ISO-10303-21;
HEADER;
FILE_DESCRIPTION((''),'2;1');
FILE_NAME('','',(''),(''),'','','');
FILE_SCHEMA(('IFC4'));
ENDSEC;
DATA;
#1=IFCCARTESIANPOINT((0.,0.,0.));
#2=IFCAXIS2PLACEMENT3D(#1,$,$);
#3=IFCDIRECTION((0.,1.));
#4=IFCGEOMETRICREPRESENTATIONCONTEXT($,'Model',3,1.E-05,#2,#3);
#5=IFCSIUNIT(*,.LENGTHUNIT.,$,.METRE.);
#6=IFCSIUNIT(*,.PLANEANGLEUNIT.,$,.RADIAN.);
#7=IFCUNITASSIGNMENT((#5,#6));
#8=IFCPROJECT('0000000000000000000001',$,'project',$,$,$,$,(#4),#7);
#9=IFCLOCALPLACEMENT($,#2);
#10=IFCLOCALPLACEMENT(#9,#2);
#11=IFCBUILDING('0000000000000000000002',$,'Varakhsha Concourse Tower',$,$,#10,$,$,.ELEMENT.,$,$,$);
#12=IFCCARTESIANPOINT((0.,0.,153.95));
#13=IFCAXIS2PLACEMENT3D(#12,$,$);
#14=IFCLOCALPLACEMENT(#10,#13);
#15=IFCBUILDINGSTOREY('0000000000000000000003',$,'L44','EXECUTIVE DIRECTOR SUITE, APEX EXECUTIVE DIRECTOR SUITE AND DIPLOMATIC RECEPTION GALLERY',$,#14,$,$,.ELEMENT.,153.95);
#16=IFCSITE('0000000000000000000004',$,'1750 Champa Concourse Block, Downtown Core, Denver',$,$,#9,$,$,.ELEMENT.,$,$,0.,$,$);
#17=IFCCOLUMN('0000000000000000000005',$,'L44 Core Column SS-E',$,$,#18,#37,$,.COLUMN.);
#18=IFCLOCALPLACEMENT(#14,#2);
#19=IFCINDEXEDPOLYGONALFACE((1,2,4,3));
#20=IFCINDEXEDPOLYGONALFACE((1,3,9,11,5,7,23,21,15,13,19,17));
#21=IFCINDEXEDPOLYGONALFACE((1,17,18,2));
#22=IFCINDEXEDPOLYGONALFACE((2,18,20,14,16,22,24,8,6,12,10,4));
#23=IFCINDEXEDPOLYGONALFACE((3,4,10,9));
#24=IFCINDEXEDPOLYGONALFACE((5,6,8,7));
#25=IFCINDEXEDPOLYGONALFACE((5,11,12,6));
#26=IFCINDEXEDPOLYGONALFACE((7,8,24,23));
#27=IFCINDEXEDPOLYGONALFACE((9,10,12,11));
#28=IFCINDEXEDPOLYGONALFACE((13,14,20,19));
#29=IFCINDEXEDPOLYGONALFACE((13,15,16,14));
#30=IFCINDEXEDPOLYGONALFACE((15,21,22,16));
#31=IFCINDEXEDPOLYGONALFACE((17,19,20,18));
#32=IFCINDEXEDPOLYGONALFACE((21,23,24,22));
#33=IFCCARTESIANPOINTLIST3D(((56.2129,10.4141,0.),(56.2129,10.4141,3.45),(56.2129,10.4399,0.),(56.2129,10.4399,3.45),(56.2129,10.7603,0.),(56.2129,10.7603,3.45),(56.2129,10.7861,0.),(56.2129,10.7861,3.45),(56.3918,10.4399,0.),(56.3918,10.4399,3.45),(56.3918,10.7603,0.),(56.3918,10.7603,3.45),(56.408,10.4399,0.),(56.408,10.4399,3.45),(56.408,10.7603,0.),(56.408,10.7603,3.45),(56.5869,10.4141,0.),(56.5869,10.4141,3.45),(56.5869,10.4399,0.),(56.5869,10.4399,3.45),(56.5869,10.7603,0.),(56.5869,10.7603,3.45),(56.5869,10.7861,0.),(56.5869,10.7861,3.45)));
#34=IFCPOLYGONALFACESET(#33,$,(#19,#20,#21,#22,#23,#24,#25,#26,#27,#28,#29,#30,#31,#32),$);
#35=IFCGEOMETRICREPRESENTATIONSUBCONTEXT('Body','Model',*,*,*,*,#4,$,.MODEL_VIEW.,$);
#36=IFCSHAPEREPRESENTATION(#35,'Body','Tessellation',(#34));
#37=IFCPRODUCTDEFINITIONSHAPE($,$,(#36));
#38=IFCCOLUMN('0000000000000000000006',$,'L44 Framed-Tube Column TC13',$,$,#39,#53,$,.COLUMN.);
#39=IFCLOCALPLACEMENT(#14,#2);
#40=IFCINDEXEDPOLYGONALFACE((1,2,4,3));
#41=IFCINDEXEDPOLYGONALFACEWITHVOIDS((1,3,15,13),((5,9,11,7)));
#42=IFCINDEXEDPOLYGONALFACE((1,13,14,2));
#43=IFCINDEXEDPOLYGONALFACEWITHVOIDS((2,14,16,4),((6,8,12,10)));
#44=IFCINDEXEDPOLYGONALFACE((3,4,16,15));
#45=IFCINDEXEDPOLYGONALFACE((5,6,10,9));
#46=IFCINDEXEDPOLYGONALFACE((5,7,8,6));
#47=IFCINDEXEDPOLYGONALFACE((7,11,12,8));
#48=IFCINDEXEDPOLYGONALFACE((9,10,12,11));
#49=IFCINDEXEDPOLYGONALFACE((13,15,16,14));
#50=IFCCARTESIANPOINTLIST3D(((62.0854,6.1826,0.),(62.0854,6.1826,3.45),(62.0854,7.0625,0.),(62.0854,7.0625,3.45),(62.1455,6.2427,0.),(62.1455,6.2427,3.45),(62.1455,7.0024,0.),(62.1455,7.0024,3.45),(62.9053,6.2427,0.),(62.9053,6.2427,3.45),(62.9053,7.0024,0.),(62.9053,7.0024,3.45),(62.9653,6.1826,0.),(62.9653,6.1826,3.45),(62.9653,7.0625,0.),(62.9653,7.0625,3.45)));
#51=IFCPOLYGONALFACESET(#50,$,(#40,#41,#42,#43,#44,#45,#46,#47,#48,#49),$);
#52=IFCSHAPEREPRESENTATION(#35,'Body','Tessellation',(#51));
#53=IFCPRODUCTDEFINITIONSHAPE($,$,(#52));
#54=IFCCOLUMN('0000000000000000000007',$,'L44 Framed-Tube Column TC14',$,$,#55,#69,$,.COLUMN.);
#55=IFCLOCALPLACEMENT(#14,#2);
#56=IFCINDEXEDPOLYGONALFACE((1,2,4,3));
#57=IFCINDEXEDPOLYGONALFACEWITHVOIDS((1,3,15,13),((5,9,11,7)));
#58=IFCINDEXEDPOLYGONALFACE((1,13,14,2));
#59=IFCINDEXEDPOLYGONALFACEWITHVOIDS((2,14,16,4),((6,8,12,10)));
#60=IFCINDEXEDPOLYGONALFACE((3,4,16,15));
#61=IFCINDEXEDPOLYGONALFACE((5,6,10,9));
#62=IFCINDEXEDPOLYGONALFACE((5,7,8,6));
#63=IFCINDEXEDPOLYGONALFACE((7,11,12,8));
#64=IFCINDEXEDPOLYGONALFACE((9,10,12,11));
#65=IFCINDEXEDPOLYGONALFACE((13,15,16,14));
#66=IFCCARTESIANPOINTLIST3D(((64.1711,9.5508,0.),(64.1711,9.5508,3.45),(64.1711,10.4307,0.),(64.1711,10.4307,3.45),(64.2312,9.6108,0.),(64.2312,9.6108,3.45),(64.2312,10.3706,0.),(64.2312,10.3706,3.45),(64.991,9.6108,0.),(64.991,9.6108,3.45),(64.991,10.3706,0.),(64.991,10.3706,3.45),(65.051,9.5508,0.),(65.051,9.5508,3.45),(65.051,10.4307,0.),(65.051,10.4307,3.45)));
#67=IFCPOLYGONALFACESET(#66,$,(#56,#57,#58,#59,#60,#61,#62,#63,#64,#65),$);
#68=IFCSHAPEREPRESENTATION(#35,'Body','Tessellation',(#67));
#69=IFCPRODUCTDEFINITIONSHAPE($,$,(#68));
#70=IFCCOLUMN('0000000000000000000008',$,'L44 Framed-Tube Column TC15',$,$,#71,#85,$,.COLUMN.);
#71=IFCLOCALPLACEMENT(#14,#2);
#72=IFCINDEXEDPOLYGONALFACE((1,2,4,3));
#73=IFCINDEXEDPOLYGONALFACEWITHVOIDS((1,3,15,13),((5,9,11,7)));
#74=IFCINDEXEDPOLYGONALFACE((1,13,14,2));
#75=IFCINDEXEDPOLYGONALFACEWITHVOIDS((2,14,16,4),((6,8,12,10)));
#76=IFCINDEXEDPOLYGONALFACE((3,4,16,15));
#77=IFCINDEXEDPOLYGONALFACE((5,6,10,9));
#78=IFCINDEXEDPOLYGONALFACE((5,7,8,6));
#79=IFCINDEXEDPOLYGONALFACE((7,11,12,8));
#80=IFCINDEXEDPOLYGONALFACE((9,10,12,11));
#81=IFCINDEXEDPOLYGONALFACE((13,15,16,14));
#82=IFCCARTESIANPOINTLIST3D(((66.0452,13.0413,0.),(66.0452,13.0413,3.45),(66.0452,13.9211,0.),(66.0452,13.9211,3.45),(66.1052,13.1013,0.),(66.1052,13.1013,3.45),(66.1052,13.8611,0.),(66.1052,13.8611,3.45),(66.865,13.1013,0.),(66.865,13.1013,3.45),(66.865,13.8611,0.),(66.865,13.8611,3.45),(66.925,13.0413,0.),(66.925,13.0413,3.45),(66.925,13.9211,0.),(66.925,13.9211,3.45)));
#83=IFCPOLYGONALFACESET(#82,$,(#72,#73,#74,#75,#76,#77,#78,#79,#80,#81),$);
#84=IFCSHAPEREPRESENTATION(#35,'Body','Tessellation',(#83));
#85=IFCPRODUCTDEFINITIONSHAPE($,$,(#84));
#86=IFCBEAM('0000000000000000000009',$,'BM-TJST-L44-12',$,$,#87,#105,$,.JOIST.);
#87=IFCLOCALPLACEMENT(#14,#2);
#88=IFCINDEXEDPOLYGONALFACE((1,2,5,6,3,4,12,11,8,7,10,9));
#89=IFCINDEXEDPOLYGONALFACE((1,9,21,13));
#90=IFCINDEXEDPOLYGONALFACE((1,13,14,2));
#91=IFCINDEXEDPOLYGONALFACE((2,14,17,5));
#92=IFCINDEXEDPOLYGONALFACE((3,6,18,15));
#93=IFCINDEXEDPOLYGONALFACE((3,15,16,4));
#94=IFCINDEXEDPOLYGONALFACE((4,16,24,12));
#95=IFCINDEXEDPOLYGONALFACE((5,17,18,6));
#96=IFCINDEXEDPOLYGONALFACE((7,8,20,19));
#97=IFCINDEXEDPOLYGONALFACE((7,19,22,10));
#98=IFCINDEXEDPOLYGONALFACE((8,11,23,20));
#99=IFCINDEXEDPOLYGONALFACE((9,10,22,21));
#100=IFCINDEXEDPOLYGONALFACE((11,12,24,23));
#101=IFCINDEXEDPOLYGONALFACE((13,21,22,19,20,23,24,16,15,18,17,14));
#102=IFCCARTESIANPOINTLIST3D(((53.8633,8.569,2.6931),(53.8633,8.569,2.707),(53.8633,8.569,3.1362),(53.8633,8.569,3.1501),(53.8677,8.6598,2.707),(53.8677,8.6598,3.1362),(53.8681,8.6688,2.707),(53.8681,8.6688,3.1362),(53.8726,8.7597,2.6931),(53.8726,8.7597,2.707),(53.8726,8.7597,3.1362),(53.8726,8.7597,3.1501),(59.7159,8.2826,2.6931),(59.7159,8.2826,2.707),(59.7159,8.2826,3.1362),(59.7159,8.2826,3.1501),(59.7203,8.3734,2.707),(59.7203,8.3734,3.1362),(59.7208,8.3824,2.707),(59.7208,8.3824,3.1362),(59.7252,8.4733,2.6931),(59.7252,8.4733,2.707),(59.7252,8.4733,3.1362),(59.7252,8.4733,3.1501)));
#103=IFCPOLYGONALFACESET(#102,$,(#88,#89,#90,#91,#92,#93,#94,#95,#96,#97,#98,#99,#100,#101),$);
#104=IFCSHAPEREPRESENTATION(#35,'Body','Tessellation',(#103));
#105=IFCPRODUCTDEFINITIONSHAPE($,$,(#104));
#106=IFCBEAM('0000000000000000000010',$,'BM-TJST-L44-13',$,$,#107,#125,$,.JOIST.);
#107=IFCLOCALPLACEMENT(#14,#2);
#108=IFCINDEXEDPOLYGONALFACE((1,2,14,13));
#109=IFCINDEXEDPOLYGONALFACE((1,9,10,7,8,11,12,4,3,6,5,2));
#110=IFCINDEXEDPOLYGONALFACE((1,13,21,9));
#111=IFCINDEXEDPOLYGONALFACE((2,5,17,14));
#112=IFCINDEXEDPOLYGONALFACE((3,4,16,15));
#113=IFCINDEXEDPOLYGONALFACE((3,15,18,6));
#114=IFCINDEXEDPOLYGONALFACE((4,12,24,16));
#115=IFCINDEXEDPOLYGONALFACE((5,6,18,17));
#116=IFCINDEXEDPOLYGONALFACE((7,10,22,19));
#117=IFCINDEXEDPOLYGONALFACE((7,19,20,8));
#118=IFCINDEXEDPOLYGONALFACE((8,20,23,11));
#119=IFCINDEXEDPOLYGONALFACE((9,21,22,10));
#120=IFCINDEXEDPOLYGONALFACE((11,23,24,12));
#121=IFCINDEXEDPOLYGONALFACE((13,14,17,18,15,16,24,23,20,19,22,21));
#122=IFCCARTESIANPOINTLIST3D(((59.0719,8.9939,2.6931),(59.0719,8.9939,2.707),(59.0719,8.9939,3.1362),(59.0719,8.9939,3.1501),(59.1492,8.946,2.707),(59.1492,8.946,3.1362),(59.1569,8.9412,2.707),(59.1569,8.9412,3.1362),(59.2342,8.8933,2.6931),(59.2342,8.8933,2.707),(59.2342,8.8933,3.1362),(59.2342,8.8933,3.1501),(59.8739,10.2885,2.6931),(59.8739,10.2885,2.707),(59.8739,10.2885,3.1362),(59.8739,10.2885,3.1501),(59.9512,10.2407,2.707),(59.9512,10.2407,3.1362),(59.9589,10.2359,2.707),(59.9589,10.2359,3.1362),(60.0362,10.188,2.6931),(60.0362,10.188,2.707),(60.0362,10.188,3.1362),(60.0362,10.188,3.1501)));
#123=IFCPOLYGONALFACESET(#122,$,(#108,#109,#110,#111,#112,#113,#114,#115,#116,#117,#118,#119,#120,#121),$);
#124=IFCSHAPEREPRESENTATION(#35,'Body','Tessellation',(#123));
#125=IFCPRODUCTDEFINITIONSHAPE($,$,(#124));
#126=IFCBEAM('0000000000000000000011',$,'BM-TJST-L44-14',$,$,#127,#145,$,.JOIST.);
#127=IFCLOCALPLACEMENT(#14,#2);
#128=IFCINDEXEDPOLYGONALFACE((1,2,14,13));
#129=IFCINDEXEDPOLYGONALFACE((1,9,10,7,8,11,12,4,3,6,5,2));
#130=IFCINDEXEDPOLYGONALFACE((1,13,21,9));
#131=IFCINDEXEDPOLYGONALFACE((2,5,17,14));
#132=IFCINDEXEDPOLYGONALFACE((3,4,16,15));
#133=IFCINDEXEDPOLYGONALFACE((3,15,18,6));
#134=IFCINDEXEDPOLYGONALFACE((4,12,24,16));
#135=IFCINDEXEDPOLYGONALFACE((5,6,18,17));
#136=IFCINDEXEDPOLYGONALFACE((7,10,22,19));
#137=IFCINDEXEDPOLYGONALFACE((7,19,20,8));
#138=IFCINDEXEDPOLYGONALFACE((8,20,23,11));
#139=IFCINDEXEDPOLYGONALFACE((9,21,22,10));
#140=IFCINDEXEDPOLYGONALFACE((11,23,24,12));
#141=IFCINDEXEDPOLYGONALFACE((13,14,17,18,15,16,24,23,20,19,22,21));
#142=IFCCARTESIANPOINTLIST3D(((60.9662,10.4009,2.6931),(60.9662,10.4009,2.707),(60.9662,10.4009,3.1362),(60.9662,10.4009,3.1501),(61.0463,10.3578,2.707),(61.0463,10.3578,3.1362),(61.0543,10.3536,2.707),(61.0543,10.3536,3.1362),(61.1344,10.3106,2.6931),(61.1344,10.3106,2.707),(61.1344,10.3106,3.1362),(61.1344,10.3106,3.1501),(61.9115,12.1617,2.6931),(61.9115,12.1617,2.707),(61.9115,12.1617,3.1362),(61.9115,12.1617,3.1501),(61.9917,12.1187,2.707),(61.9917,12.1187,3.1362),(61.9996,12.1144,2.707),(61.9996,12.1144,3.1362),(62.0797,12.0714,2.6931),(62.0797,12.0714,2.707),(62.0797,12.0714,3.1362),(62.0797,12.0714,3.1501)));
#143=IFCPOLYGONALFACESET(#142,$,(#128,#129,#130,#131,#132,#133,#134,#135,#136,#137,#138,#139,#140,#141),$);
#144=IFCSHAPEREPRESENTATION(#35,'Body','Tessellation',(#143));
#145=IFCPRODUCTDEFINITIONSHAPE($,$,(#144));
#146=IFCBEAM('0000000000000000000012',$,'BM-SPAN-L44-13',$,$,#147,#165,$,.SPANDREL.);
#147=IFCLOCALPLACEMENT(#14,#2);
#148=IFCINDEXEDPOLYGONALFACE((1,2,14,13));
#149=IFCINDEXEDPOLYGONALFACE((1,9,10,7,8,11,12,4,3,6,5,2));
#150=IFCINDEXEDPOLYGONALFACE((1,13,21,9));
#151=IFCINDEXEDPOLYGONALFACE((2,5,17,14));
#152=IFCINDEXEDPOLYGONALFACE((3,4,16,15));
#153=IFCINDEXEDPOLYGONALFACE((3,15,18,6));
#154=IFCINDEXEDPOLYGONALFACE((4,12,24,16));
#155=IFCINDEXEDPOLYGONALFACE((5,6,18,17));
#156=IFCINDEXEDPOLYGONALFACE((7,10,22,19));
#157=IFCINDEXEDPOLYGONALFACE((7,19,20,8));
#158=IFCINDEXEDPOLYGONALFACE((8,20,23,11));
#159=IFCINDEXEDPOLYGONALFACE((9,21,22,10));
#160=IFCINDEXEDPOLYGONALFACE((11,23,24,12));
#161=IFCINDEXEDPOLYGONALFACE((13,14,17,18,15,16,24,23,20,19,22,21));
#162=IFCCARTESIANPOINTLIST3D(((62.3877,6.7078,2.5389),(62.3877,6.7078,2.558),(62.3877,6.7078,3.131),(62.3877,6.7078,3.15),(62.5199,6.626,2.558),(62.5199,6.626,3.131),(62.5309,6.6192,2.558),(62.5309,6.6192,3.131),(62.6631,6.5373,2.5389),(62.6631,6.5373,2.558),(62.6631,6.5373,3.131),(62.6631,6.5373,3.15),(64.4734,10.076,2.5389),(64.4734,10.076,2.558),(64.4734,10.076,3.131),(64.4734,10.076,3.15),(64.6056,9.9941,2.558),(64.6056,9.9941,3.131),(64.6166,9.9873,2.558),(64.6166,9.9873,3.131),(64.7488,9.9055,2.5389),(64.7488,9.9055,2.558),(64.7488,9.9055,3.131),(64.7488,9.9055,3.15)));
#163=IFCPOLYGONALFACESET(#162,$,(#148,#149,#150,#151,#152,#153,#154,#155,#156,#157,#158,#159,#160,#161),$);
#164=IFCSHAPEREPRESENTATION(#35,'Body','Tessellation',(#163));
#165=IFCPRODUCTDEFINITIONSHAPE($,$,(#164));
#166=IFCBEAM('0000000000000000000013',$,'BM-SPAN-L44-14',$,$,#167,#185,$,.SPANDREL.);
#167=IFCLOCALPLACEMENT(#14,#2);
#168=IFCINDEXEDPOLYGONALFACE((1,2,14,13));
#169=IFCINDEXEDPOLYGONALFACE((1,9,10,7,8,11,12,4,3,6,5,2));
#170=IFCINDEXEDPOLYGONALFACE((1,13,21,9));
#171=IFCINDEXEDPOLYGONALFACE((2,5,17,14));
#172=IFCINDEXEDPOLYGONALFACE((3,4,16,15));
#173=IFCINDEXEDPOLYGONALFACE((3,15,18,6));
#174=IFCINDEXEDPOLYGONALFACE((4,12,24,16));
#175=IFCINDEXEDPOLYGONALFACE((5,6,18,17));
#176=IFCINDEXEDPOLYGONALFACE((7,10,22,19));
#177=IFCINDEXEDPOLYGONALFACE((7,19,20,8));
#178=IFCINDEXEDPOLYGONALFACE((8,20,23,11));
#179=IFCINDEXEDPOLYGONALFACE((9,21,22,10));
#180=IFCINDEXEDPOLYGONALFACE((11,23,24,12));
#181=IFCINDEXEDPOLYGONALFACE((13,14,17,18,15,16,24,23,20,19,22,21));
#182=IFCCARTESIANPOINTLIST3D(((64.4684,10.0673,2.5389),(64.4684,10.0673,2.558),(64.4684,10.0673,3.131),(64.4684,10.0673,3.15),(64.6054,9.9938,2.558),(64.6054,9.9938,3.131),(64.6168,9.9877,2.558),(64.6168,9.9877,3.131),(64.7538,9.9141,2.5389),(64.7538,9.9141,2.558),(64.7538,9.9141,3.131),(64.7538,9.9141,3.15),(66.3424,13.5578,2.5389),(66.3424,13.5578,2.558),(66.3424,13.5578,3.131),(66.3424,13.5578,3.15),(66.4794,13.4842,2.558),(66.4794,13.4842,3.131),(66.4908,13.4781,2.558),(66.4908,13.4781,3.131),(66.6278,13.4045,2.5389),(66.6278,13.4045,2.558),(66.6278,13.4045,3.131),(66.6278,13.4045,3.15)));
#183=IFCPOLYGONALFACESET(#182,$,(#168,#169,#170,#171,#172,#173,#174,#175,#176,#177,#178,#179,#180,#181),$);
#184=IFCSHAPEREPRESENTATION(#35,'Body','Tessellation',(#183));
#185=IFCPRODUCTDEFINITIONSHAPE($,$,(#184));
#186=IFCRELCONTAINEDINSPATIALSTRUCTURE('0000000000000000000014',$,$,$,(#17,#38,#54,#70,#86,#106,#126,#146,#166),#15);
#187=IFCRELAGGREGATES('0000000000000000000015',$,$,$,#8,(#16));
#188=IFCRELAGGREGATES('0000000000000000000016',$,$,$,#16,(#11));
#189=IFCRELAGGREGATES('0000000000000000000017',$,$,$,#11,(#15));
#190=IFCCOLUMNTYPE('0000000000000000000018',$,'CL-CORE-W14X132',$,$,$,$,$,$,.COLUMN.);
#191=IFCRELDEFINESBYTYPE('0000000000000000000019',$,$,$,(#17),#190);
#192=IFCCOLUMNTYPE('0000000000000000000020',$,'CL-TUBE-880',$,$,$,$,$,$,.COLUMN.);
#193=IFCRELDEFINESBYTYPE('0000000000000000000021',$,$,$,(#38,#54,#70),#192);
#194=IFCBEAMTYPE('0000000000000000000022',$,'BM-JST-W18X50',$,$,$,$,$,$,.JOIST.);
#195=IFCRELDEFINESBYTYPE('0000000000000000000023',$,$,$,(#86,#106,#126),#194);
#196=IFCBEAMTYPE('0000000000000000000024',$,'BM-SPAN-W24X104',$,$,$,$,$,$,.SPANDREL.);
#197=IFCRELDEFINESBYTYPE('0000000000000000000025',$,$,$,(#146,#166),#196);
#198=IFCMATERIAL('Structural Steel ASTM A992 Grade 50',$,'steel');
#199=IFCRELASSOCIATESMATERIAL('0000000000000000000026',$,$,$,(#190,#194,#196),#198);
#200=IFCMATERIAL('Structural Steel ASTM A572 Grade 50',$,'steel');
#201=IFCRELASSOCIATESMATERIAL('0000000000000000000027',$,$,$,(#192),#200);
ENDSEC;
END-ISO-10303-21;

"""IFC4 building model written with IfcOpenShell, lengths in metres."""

from ifc_helpers import new_model, si_unit, direction, frame, origin, origin_2d, place, context, subcontext, project, spatial, hollow_rectangle, i_section, extrude, material, material_profile, profile_set, type_object, element, save


model = new_model("IFC4")

# Units and contexts
model_context = context("Model", 3, precision=1e-05, world=origin(), true_north=direction((0.0, 1.0)))
body_context = subcontext(model_context, "Body", "Model", "MODEL_VIEW")
ifc_project = project(units=[si_unit("LENGTHUNIT", "METRE"), si_unit("PLANEANGLEUNIT", "RADIAN")], contexts=[model_context])

# Site, building, storey
site_placement = place(None, origin())
site = spatial("IfcSite", under=ifc_project, at=site_placement, Name="1750 Champa Concourse Block, Downtown Core, Denver", CompositionType="ELEMENT", RefElevation=0.0)
building_placement = place(site_placement, origin())
building = spatial("IfcBuilding", under=site, at=building_placement, Name="Varakhsha Concourse Tower", CompositionType="ELEMENT")
storey_placement = place(building_placement, frame((0.0, 0.0, 153.95)))
storey = spatial("IfcBuildingStorey", under=building, at=storey_placement, Name="L44", Description="EXECUTIVE DIRECTOR SUITE, APEX EXECUTIVE DIRECTOR SUITE AND DIPLOMATIC RECEPTION GALLERY", CompositionType="ELEMENT", Elevation=153.95)

# Columns
ifc_material_1 = material(Name="Structural Steel ASTM A992 Grade 50", Category="steel")
ifc_material_profile_1 = material_profile(ifc_material_1, i_section(OverallWidth=0.374, OverallDepth=0.3721, WebThickness=0.0161, FlangeThickness=0.0259, at=origin_2d()), Name="W14X132")
ifc_profile_set_1 = profile_set([ifc_material_profile_1], Name="Structural Steel ASTM A992 Grade 50")
column_type_1 = type_object("IfcColumnType", Name="CL-CORE-W14X132", PredefinedType="COLUMN", material=ifc_profile_set_1)
column_placement = place(storey_placement, frame((56.3999, 10.6001, 0.0), z_axis=(0.0, 0.0, 1.0), x_axis=(1.0, 0.0, 0.0)))
element("IfcColumn", 1, at=column_placement, inside=storey, type_object=column_type_1, Name="L44 Core Column SS-E", PredefinedType="COLUMN", context=body_context, shape_type="SweptSolid", body=[
    extrude(i_section(OverallWidth=0.374, OverallDepth=0.3721, WebThickness=0.0161, FlangeThickness=0.0259, at=origin_2d()), origin(), (0.0, 0.0, 1.0), 3.45),
])
ifc_material_2 = material(Name="Structural Steel ASTM A572 Grade 50", Category="steel")
ifc_material_profile_2 = material_profile(ifc_material_2, hollow_rectangle(XDim=0.8799, YDim=0.8799, WallThickness=0.0601, at=origin_2d()), Name="BOX 880x880x60")
ifc_profile_set_2 = profile_set([ifc_material_profile_2], Name="Structural Steel ASTM A572 Grade 50")
column_type_2 = type_object("IfcColumnType", Name="CL-TUBE-880", PredefinedType="COLUMN", material=ifc_profile_set_2)
for number, where, z_axis, x_axis, name in (
    (2, (62.5254, 6.6226, 0.0), (0.0, 0.0, 1.0), (1.0, 0.0, 0.0), "L44 Framed-Tube Column TC13"),
    (3, (64.6111, 9.9907, 0.0), (0.0, 0.0, 1.0), (1.0, 0.0, 0.0), "L44 Framed-Tube Column TC14"),
    (4, (66.4851, 13.4812, 0.0), (0.0, 0.0, 1.0), (1.0, 0.0, 0.0), "L44 Framed-Tube Column TC15"),
):
    element("IfcColumn", number, at=place(storey_placement, frame(where, z_axis=z_axis, x_axis=x_axis)), inside=storey, type_object=column_type_2, Name=name, PredefinedType="COLUMN", context=body_context, shape_type="SweptSolid", body=[
        extrude(hollow_rectangle(XDim=0.8799, YDim=0.8799, WallThickness=0.0601, at=origin_2d()), origin(), (0.0, 0.0, 1.0), 3.45),
    ])

# Beams
ifc_material_profile_3 = material_profile(ifc_material_1, i_section(OverallWidth=0.1909, OverallDepth=0.457, WebThickness=0.009, FlangeThickness=0.0139, at=origin_2d()), Name="W18X50")
ifc_profile_set_3 = profile_set([ifc_material_profile_3], Name="Structural Steel ASTM A992 Grade 50")
beam_type_1 = type_object("IfcBeamType", Name="BM-JST-W18X50", PredefinedType="JOIST", material=ifc_profile_set_3)
beam_1_placement = place(storey_placement, frame((53.8679, 8.6643, 2.9216), z_axis=(0.998805, -0.048874, 0.0), x_axis=(0.048874, 0.998805, 0.0)))
element("IfcBeam", 5, at=beam_1_placement, inside=storey, type_object=beam_type_1, Name="BM-TJST-L44-12", PredefinedType="JOIST", context=body_context, shape_type="SweptSolid", body=[
    extrude(i_section(OverallWidth=0.1909, OverallDepth=0.457, WebThickness=0.009, FlangeThickness=0.0139, at=origin_2d()), origin(), (0.0, 0.0, 1.0), 5.8596),
])
beam_2_placement = place(storey_placement, frame((59.1531, 8.9436, 2.9216), z_axis=(0.526608, 0.850108, 0.0), x_axis=(-0.850108, 0.526608, 0.0)))
element("IfcBeam", 6, at=beam_2_placement, inside=storey, type_object=beam_type_1, Name="BM-TJST-L44-13", PredefinedType="JOIST", context=body_context, shape_type="SweptSolid", body=[
    extrude(i_section(OverallWidth=0.1909, OverallDepth=0.457, WebThickness=0.009, FlangeThickness=0.0139, at=origin_2d()), origin(), (0.0, 0.0, 1.0), 1.5229),
])
beam_3_placement = place(storey_placement, frame((61.0503, 10.3557, 2.9216), z_axis=(0.473021, 0.881051, 0.0), x_axis=(-0.881051, 0.473021, 0.0)))
element("IfcBeam", 7, at=beam_3_placement, inside=storey, type_object=beam_type_1, Name="BM-TJST-L44-14", PredefinedType="JOIST", context=body_context, shape_type="SweptSolid", body=[
    extrude(i_section(OverallWidth=0.1909, OverallDepth=0.457, WebThickness=0.009, FlangeThickness=0.0139, at=origin_2d()), origin(), (0.0, 0.0, 1.0), 1.9985),
])
ifc_material_profile_4 = material_profile(ifc_material_1, i_section(OverallWidth=0.324, OverallDepth=0.6111, WebThickness=0.0129, FlangeThickness=0.019, at=origin_2d()), Name="W24X104")
ifc_profile_set_4 = profile_set([ifc_material_profile_4], Name="Structural Steel ASTM A992 Grade 50")
beam_type_2 = type_object("IfcBeamType", Name="BM-SPAN-W24X104", PredefinedType="SPANDREL", material=ifc_profile_set_4)
for number, where, z_axis, x_axis, name in (
    (8, (62.5254, 6.6226, 2.8445), (0.526471, 0.850193, 0.0), (-0.850193, 0.526471, 0.0), "BM-SPAN-L44-13"),
    (9, (64.6111, 9.9907, 2.8445), (0.47303, 0.881046, 0.0), (-0.881046, 0.47303, 0.0), "BM-SPAN-L44-14"),
):
    element("IfcBeam", number, at=place(storey_placement, frame(where, z_axis=z_axis, x_axis=x_axis)), inside=storey, type_object=beam_type_2, Name=name, PredefinedType="SPANDREL", context=body_context, shape_type="SweptSolid", body=[
        extrude(i_section(OverallWidth=0.324, OverallDepth=0.6111, WebThickness=0.0129, FlangeThickness=0.019, at=origin_2d()), origin(), (0.0, 0.0, 1.0), 3.9617),
    ])

save(model, "model.ifc")
